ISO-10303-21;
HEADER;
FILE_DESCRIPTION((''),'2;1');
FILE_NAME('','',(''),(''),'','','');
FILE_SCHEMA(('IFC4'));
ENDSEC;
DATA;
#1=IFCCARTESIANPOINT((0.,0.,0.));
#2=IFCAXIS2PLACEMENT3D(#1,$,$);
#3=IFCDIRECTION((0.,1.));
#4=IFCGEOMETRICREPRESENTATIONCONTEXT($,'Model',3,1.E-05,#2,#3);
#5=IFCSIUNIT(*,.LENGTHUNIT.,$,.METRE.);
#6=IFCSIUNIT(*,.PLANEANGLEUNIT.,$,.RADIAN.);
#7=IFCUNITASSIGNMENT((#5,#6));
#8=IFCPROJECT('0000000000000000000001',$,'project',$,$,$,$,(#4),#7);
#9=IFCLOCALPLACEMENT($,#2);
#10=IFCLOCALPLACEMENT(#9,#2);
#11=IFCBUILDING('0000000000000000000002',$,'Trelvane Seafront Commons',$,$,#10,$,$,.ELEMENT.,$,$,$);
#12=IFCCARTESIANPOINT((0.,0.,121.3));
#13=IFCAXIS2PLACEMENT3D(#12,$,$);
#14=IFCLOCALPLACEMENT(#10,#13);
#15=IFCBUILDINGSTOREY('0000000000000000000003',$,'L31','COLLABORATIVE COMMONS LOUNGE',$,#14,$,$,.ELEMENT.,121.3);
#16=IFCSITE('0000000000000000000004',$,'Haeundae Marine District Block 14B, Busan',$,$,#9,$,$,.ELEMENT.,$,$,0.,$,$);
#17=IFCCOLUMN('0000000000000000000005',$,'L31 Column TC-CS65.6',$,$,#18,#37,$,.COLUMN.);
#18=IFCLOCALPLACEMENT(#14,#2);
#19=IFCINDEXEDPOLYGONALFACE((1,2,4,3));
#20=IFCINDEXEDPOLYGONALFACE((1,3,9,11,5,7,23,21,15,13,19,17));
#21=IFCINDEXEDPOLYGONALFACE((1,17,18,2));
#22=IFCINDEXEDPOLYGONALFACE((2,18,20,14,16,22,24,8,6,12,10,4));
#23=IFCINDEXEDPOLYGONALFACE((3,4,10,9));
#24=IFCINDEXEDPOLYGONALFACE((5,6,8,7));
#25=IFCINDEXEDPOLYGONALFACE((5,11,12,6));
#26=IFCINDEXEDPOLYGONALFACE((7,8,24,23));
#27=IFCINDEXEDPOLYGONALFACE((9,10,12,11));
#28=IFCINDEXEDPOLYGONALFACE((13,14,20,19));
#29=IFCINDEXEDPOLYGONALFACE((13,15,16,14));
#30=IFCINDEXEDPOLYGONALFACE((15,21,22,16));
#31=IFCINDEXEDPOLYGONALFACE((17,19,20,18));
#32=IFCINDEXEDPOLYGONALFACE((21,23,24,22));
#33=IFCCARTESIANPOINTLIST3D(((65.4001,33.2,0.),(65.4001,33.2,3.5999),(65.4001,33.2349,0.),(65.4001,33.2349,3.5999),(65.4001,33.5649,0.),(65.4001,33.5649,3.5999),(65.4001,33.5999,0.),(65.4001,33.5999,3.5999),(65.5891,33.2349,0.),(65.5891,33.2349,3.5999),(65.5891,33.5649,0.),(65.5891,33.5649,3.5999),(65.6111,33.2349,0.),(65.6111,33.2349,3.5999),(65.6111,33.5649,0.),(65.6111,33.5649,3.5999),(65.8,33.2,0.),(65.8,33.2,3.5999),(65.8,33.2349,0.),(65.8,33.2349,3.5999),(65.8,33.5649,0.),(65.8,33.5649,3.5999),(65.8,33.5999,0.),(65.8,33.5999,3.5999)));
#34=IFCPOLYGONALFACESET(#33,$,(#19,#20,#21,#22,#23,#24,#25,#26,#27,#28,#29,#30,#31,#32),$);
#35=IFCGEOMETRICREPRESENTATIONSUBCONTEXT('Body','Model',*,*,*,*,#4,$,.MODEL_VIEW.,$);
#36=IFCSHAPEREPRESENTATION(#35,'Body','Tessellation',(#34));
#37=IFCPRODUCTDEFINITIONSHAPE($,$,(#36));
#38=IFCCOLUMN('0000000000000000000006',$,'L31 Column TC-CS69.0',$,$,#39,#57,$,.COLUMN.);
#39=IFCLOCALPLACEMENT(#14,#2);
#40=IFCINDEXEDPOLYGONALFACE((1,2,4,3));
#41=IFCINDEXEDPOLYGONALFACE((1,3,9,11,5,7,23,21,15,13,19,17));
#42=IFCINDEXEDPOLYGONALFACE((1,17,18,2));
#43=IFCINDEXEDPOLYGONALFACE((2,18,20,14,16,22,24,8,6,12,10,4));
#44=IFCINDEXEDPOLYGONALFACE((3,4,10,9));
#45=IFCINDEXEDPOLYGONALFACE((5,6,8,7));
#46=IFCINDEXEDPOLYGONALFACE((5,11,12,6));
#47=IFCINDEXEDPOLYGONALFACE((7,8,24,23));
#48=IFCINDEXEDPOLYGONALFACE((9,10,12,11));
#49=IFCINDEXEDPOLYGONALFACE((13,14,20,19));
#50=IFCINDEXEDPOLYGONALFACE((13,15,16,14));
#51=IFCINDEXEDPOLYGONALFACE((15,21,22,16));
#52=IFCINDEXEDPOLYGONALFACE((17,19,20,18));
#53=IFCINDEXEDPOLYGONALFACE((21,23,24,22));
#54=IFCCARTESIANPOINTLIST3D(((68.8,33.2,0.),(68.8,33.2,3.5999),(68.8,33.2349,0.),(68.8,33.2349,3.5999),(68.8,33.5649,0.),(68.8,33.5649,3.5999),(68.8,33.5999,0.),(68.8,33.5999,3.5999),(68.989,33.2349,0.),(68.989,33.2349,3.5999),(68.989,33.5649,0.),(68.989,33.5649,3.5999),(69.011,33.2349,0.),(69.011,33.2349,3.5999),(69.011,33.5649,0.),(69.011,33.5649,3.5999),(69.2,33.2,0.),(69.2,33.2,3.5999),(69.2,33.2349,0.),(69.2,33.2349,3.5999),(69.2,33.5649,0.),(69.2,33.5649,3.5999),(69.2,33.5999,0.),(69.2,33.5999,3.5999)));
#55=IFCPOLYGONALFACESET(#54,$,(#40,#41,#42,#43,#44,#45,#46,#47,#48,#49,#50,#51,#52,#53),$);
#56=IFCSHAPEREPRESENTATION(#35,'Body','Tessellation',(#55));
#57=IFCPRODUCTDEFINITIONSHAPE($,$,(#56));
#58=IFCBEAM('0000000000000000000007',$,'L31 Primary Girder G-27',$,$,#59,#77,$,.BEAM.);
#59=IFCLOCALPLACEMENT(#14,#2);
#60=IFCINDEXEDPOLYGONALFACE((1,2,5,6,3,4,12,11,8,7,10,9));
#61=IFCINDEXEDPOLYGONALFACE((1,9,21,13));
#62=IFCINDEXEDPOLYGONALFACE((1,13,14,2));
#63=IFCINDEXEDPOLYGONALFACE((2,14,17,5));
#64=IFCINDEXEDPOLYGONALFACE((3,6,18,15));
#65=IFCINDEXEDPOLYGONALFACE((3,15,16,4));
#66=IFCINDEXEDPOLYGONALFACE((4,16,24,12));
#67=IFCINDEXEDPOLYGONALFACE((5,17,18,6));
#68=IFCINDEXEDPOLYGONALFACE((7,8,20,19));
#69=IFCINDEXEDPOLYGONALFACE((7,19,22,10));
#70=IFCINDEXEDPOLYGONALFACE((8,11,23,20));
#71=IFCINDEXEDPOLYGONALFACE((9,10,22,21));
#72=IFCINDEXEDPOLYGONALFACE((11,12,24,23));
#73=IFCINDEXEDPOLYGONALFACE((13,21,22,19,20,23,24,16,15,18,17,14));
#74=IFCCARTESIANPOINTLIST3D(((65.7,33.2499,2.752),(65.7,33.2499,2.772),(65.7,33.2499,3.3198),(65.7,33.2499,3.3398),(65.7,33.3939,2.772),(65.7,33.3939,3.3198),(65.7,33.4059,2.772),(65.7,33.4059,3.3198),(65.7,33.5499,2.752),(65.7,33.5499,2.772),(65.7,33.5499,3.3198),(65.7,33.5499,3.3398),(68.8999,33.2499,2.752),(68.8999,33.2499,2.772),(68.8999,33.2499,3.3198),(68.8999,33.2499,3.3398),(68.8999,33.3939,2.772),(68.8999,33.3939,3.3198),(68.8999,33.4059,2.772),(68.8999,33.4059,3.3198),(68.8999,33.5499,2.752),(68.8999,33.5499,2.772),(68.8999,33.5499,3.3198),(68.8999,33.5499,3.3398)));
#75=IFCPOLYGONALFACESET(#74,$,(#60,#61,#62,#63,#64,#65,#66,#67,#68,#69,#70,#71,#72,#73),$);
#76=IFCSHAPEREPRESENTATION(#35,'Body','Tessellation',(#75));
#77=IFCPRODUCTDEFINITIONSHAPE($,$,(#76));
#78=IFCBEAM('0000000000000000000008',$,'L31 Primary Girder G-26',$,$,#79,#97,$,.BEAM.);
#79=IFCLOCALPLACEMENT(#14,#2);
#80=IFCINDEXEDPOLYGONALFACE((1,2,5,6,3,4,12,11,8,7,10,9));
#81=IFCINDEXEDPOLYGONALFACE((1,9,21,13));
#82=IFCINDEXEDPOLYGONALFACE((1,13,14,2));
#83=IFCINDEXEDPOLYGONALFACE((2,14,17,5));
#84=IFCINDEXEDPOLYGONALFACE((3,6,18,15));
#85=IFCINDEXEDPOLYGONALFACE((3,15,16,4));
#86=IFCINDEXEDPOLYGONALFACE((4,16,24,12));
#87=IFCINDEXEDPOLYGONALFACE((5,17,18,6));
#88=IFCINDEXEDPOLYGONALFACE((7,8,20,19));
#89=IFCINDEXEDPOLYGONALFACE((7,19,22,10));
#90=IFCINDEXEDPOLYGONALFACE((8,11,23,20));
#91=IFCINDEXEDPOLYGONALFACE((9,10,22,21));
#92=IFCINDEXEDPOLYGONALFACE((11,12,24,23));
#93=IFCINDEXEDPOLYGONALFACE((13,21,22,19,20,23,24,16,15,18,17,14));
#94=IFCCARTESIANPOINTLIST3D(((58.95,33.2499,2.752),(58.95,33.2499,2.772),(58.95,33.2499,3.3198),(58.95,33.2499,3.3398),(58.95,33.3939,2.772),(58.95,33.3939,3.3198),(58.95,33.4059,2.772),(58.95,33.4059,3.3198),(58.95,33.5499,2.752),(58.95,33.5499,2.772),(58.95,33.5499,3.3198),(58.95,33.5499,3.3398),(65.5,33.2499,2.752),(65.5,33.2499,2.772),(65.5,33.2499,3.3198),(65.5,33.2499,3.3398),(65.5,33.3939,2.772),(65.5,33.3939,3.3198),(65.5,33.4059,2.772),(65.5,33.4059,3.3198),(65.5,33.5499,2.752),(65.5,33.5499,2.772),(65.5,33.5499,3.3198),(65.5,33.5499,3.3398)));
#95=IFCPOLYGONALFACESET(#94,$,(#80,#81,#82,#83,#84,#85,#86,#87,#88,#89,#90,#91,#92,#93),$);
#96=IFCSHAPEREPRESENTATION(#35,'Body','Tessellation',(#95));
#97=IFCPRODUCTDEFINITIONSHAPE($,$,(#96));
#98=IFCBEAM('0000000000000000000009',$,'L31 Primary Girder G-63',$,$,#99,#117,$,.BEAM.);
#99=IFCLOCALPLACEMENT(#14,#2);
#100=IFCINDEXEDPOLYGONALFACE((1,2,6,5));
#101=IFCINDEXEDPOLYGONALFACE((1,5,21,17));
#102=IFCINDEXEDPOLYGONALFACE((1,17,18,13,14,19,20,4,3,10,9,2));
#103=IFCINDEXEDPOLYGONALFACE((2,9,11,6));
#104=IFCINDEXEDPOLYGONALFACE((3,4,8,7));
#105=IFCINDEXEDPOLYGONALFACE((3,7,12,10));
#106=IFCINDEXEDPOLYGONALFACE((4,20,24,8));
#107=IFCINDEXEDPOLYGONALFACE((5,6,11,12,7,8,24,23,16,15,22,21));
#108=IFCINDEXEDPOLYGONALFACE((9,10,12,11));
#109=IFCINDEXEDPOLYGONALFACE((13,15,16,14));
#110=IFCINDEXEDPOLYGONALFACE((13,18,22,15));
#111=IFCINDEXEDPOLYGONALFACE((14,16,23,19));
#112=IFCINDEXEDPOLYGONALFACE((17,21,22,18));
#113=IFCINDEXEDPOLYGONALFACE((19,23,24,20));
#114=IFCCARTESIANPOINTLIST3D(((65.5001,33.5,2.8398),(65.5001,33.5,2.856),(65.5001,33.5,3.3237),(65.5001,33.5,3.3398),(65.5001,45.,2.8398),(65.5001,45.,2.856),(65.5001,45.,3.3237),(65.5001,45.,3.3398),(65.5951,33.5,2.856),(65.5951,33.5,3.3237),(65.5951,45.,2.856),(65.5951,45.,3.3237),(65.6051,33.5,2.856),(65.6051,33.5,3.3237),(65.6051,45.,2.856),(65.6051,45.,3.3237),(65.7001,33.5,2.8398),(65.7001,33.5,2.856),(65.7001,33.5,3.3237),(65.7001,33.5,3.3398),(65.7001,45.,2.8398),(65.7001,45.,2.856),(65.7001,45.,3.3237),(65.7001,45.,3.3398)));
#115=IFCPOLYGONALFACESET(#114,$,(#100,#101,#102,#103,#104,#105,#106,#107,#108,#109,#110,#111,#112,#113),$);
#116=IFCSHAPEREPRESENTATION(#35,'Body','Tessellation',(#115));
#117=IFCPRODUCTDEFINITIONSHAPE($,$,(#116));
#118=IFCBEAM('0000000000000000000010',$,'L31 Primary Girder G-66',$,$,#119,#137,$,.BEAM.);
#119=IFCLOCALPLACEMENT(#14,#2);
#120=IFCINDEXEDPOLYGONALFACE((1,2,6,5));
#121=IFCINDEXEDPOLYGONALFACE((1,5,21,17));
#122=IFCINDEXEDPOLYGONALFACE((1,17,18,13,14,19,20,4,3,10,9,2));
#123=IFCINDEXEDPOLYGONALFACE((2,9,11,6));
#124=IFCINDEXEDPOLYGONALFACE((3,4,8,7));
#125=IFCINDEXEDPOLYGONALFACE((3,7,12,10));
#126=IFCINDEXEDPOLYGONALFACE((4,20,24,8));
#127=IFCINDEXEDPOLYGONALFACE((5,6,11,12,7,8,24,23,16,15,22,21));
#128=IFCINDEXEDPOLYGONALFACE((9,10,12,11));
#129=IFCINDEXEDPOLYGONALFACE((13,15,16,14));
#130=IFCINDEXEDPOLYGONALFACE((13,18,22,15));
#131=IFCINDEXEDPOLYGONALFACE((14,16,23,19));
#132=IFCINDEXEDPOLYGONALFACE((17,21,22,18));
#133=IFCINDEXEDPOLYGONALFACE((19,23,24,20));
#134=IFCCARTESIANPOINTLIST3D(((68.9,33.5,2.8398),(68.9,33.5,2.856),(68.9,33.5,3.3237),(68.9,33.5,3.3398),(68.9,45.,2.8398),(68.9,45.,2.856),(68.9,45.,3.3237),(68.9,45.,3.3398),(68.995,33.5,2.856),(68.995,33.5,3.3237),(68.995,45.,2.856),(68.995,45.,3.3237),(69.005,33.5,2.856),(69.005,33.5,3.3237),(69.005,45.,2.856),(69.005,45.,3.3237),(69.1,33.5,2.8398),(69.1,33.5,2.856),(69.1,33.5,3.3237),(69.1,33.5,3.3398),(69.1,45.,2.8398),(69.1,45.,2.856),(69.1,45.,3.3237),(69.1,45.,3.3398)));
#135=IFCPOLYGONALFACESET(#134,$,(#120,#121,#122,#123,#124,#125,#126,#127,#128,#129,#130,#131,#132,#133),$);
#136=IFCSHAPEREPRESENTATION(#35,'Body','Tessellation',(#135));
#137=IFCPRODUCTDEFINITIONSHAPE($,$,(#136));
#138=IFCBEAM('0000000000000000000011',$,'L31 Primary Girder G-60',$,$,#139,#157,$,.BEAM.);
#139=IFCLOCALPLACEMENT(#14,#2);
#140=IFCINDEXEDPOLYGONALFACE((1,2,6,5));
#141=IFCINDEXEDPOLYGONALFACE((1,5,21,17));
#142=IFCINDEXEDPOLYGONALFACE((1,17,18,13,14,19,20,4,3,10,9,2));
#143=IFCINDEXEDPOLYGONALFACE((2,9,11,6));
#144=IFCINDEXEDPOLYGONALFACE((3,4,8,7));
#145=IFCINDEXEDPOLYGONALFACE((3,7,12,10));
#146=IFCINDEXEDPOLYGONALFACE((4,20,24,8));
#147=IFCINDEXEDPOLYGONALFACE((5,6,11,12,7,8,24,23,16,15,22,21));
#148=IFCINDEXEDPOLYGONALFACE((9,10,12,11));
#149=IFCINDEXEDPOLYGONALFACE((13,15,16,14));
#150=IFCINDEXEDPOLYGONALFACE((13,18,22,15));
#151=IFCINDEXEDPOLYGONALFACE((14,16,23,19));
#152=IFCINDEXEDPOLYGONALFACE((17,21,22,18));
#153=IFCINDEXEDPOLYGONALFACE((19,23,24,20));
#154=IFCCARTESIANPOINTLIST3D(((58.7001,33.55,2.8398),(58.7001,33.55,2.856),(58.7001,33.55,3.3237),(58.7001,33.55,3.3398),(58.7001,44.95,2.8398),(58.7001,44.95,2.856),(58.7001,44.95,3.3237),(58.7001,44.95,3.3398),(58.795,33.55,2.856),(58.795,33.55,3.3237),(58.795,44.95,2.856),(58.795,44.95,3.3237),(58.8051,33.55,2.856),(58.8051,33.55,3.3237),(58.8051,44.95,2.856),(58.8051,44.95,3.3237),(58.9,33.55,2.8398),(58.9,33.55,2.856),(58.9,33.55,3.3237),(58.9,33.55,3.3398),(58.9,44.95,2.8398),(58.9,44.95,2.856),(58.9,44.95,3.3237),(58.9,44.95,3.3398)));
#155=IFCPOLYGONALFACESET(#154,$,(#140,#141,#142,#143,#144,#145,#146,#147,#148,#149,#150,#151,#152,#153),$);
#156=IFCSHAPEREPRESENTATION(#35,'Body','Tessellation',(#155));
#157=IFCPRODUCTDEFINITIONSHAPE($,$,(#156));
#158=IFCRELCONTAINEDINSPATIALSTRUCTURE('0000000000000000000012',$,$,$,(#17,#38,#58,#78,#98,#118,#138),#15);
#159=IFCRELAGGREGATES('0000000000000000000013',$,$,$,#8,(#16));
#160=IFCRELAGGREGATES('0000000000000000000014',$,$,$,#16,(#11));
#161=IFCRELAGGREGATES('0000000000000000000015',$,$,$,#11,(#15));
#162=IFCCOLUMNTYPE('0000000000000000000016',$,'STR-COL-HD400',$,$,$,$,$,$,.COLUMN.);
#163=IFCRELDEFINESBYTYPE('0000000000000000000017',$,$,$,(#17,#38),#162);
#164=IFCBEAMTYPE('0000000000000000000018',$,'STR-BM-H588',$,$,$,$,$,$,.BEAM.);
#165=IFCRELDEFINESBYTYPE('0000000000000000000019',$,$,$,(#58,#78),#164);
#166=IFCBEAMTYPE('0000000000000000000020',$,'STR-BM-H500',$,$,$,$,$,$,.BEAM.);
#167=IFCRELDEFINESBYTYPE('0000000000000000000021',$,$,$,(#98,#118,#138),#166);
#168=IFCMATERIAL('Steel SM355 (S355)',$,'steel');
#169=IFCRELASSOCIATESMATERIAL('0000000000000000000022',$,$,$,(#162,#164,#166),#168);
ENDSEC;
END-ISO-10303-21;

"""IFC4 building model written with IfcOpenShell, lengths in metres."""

from ifc_helpers import new_model, si_unit, direction, frame, origin, origin_2d, place, context, subcontext, project, spatial, i_section, extrude, source, transform, mapped, material, material_profile, profile_set, type_object, element, save


model = new_model("IFC4")

# Units and contexts
model_context = context("Model", 3, precision=1e-05, world=origin(), true_north=direction((0.0, 1.0)))
body_context = subcontext(model_context, "Body", "Model", "MODEL_VIEW")
ifc_project = project(units=[si_unit("LENGTHUNIT", "METRE"), si_unit("PLANEANGLEUNIT", "RADIAN")], contexts=[model_context])

# Site, building, storey
site_placement = place(None, origin())
site = spatial("IfcSite", under=ifc_project, at=site_placement, Name="Haeundae Marine District Block 14B, Busan", CompositionType="ELEMENT", RefElevation=0.0)
building_placement = place(site_placement, origin())
building = spatial("IfcBuilding", under=site, at=building_placement, Name="Trelvane Seafront Commons", CompositionType="ELEMENT")
storey_placement = place(building_placement, frame((0.0, 0.0, 121.3)))
storey = spatial("IfcBuildingStorey", under=building, at=storey_placement, Name="L31", Description="COLLABORATIVE COMMONS LOUNGE", CompositionType="ELEMENT", Elevation=121.3)

# Columns
ifc_material_1 = material(Name="Steel SM355 (S355)", Category="steel")
ifc_material_profile_1 = material_profile(ifc_material_1, i_section(OverallWidth=0.3999, OverallDepth=0.3999, WebThickness=0.022, FlangeThickness=0.0349, at=origin_2d()), Name="HD-400x400x22x35")
ifc_profile_set_1 = profile_set([ifc_material_profile_1], Name="Steel SM355 (S355)")
column_type = type_object("IfcColumnType", Name="STR-COL-HD400", PredefinedType="COLUMN", material=ifc_profile_set_1)
shared_shape_1 = source(origin(), body_context, "Body", "SweptSolid", [
    extrude(i_section(OverallWidth=0.3999, OverallDepth=0.3999, WebThickness=0.022, FlangeThickness=0.0349, at=origin_2d()), origin(), (0.0, 0.0, 1.0), 3.5999),
])
for number, where, z_axis, x_axis, name in (
    (1, (65.6001, 33.3999, 0.0), (0.0, 0.0, 1.0), (1.0, 0.0, 0.0), "L31 Column TC-CS65.6"),
    (2, (69.0, 33.3999, 0.0), (0.0, 0.0, 1.0), (1.0, 0.0, 0.0), "L31 Column TC-CS69.0"),
):
    element("IfcColumn", number, at=place(storey_placement, frame(where, z_axis=z_axis, x_axis=x_axis)), inside=storey, type_object=column_type, Name=name, PredefinedType="COLUMN", context=body_context, shape_type="MappedRepresentation", body=[
        mapped(shared_shape_1, transform((0.0, 0.0, 0.0), x_axis=(1.0, 0.0, 0.0), y_axis=(0.0, 1.0, 0.0), z_axis=(0.0, 0.0, 1.0), scale=1.0)),
    ])

# Beams
ifc_material_profile_2 = material_profile(ifc_material_1, i_section(OverallWidth=0.3, OverallDepth=0.5879, WebThickness=0.012, FlangeThickness=0.02, at=origin_2d()), Name="H-588x300x12x20")
ifc_profile_set_2 = profile_set([ifc_material_profile_2], Name="Steel SM355 (S355)")
beam_type_1 = type_object("IfcBeamType", Name="STR-BM-H588", PredefinedType="BEAM", material=ifc_profile_set_2)
shared_shape_2 = source(origin(), body_context, "Body", "SweptSolid", [
    extrude(i_section(OverallWidth=0.3, OverallDepth=0.5879, WebThickness=0.012, FlangeThickness=0.02, at=origin_2d()), origin(), (0.0, 0.0, 1.0), 3.2),
])
beam_1_placement = place(storey_placement, frame((65.7, 33.3999, 3.0459), z_axis=(1.0, 0.0, 0.0), x_axis=(0.0, 1.0, 0.0)))
element("IfcBeam", 3, at=beam_1_placement, inside=storey, type_object=beam_type_1, Name="L31 Primary Girder G-27", PredefinedType="BEAM", context=body_context, shape_type="MappedRepresentation", body=[
    mapped(shared_shape_2, transform((0.0, 0.0, 0.0), x_axis=(1.0, 0.0, 0.0), y_axis=(0.0, 1.0, 0.0), z_axis=(0.0, 0.0, 1.0), scale=1.0)),
])
shared_shape_3 = source(origin(), body_context, "Body", "SweptSolid", [
    extrude(i_section(OverallWidth=0.3, OverallDepth=0.5879, WebThickness=0.012, FlangeThickness=0.02, at=origin_2d()), origin(), (0.0, 0.0, 1.0), 6.55),
])
beam_2_placement = place(storey_placement, frame((58.95, 33.3999, 3.0459), z_axis=(1.0, 0.0, 0.0), x_axis=(0.0, 1.0, 0.0)))
element("IfcBeam", 4, at=beam_2_placement, inside=storey, type_object=beam_type_1, Name="L31 Primary Girder G-26", PredefinedType="BEAM", context=body_context, shape_type="MappedRepresentation", body=[
    mapped(shared_shape_3, transform((0.0, 0.0, 0.0), x_axis=(1.0, 0.0, 0.0), y_axis=(0.0, 1.0, 0.0), z_axis=(0.0, 0.0, 1.0), scale=1.0)),
])
ifc_material_profile_3 = material_profile(ifc_material_1, i_section(OverallWidth=0.2, OverallDepth=0.5, WebThickness=0.01, FlangeThickness=0.0161, at=origin_2d()), Name="H-500x200x10x16")
ifc_profile_set_3 = profile_set([ifc_material_profile_3], Name="Steel SM355 (S355)")
beam_type_2 = type_object("IfcBeamType", Name="STR-BM-H500", PredefinedType="BEAM", material=ifc_profile_set_3)
shared_shape_4 = source(origin(), body_context, "Body", "SweptSolid", [
    extrude(i_section(OverallWidth=0.2, OverallDepth=0.5, WebThickness=0.01, FlangeThickness=0.0161, at=origin_2d()), origin(), (0.0, 0.0, 1.0), 11.5),
])
for number, where, z_axis, x_axis, name in (
    (5, (65.6001, 33.5, 3.0898), (0.0, 1.0, 0.0), (-1.0, 0.0, 0.0), "L31 Primary Girder G-63"),
    (6, (69.0, 33.5, 3.0898), (0.0, 1.0, 0.0), (-1.0, 0.0, 0.0), "L31 Primary Girder G-66"),
):
    element("IfcBeam", number, at=place(storey_placement, frame(where, z_axis=z_axis, x_axis=x_axis)), inside=storey, type_object=beam_type_2, Name=name, PredefinedType="BEAM", context=body_context, shape_type="MappedRepresentation", body=[
        mapped(shared_shape_4, transform((0.0, 0.0, 0.0), x_axis=(1.0, 0.0, 0.0), y_axis=(0.0, 1.0, 0.0), z_axis=(0.0, 0.0, 1.0), scale=1.0)),
    ])
shared_shape_5 = source(origin(), body_context, "Body", "SweptSolid", [
    extrude(i_section(OverallWidth=0.2, OverallDepth=0.5, WebThickness=0.01, FlangeThickness=0.0161, at=origin_2d()), origin(), (0.0, 0.0, 1.0), 11.3999),
])
beam_3_placement = place(storey_placement, frame((58.8, 33.55, 3.0898), z_axis=(0.0, 1.0, 0.0), x_axis=(-1.0, 0.0, 0.0)))
element("IfcBeam", 7, at=beam_3_placement, inside=storey, type_object=beam_type_2, Name="L31 Primary Girder G-60", PredefinedType="BEAM", context=body_context, shape_type="MappedRepresentation", body=[
    mapped(shared_shape_5, transform((0.0, 0.0, 0.0), x_axis=(1.0, 0.0, 0.0), y_axis=(0.0, 1.0, 0.0), z_axis=(0.0, 0.0, 1.0), scale=1.0)),
])

save(model, "model.ifc")
